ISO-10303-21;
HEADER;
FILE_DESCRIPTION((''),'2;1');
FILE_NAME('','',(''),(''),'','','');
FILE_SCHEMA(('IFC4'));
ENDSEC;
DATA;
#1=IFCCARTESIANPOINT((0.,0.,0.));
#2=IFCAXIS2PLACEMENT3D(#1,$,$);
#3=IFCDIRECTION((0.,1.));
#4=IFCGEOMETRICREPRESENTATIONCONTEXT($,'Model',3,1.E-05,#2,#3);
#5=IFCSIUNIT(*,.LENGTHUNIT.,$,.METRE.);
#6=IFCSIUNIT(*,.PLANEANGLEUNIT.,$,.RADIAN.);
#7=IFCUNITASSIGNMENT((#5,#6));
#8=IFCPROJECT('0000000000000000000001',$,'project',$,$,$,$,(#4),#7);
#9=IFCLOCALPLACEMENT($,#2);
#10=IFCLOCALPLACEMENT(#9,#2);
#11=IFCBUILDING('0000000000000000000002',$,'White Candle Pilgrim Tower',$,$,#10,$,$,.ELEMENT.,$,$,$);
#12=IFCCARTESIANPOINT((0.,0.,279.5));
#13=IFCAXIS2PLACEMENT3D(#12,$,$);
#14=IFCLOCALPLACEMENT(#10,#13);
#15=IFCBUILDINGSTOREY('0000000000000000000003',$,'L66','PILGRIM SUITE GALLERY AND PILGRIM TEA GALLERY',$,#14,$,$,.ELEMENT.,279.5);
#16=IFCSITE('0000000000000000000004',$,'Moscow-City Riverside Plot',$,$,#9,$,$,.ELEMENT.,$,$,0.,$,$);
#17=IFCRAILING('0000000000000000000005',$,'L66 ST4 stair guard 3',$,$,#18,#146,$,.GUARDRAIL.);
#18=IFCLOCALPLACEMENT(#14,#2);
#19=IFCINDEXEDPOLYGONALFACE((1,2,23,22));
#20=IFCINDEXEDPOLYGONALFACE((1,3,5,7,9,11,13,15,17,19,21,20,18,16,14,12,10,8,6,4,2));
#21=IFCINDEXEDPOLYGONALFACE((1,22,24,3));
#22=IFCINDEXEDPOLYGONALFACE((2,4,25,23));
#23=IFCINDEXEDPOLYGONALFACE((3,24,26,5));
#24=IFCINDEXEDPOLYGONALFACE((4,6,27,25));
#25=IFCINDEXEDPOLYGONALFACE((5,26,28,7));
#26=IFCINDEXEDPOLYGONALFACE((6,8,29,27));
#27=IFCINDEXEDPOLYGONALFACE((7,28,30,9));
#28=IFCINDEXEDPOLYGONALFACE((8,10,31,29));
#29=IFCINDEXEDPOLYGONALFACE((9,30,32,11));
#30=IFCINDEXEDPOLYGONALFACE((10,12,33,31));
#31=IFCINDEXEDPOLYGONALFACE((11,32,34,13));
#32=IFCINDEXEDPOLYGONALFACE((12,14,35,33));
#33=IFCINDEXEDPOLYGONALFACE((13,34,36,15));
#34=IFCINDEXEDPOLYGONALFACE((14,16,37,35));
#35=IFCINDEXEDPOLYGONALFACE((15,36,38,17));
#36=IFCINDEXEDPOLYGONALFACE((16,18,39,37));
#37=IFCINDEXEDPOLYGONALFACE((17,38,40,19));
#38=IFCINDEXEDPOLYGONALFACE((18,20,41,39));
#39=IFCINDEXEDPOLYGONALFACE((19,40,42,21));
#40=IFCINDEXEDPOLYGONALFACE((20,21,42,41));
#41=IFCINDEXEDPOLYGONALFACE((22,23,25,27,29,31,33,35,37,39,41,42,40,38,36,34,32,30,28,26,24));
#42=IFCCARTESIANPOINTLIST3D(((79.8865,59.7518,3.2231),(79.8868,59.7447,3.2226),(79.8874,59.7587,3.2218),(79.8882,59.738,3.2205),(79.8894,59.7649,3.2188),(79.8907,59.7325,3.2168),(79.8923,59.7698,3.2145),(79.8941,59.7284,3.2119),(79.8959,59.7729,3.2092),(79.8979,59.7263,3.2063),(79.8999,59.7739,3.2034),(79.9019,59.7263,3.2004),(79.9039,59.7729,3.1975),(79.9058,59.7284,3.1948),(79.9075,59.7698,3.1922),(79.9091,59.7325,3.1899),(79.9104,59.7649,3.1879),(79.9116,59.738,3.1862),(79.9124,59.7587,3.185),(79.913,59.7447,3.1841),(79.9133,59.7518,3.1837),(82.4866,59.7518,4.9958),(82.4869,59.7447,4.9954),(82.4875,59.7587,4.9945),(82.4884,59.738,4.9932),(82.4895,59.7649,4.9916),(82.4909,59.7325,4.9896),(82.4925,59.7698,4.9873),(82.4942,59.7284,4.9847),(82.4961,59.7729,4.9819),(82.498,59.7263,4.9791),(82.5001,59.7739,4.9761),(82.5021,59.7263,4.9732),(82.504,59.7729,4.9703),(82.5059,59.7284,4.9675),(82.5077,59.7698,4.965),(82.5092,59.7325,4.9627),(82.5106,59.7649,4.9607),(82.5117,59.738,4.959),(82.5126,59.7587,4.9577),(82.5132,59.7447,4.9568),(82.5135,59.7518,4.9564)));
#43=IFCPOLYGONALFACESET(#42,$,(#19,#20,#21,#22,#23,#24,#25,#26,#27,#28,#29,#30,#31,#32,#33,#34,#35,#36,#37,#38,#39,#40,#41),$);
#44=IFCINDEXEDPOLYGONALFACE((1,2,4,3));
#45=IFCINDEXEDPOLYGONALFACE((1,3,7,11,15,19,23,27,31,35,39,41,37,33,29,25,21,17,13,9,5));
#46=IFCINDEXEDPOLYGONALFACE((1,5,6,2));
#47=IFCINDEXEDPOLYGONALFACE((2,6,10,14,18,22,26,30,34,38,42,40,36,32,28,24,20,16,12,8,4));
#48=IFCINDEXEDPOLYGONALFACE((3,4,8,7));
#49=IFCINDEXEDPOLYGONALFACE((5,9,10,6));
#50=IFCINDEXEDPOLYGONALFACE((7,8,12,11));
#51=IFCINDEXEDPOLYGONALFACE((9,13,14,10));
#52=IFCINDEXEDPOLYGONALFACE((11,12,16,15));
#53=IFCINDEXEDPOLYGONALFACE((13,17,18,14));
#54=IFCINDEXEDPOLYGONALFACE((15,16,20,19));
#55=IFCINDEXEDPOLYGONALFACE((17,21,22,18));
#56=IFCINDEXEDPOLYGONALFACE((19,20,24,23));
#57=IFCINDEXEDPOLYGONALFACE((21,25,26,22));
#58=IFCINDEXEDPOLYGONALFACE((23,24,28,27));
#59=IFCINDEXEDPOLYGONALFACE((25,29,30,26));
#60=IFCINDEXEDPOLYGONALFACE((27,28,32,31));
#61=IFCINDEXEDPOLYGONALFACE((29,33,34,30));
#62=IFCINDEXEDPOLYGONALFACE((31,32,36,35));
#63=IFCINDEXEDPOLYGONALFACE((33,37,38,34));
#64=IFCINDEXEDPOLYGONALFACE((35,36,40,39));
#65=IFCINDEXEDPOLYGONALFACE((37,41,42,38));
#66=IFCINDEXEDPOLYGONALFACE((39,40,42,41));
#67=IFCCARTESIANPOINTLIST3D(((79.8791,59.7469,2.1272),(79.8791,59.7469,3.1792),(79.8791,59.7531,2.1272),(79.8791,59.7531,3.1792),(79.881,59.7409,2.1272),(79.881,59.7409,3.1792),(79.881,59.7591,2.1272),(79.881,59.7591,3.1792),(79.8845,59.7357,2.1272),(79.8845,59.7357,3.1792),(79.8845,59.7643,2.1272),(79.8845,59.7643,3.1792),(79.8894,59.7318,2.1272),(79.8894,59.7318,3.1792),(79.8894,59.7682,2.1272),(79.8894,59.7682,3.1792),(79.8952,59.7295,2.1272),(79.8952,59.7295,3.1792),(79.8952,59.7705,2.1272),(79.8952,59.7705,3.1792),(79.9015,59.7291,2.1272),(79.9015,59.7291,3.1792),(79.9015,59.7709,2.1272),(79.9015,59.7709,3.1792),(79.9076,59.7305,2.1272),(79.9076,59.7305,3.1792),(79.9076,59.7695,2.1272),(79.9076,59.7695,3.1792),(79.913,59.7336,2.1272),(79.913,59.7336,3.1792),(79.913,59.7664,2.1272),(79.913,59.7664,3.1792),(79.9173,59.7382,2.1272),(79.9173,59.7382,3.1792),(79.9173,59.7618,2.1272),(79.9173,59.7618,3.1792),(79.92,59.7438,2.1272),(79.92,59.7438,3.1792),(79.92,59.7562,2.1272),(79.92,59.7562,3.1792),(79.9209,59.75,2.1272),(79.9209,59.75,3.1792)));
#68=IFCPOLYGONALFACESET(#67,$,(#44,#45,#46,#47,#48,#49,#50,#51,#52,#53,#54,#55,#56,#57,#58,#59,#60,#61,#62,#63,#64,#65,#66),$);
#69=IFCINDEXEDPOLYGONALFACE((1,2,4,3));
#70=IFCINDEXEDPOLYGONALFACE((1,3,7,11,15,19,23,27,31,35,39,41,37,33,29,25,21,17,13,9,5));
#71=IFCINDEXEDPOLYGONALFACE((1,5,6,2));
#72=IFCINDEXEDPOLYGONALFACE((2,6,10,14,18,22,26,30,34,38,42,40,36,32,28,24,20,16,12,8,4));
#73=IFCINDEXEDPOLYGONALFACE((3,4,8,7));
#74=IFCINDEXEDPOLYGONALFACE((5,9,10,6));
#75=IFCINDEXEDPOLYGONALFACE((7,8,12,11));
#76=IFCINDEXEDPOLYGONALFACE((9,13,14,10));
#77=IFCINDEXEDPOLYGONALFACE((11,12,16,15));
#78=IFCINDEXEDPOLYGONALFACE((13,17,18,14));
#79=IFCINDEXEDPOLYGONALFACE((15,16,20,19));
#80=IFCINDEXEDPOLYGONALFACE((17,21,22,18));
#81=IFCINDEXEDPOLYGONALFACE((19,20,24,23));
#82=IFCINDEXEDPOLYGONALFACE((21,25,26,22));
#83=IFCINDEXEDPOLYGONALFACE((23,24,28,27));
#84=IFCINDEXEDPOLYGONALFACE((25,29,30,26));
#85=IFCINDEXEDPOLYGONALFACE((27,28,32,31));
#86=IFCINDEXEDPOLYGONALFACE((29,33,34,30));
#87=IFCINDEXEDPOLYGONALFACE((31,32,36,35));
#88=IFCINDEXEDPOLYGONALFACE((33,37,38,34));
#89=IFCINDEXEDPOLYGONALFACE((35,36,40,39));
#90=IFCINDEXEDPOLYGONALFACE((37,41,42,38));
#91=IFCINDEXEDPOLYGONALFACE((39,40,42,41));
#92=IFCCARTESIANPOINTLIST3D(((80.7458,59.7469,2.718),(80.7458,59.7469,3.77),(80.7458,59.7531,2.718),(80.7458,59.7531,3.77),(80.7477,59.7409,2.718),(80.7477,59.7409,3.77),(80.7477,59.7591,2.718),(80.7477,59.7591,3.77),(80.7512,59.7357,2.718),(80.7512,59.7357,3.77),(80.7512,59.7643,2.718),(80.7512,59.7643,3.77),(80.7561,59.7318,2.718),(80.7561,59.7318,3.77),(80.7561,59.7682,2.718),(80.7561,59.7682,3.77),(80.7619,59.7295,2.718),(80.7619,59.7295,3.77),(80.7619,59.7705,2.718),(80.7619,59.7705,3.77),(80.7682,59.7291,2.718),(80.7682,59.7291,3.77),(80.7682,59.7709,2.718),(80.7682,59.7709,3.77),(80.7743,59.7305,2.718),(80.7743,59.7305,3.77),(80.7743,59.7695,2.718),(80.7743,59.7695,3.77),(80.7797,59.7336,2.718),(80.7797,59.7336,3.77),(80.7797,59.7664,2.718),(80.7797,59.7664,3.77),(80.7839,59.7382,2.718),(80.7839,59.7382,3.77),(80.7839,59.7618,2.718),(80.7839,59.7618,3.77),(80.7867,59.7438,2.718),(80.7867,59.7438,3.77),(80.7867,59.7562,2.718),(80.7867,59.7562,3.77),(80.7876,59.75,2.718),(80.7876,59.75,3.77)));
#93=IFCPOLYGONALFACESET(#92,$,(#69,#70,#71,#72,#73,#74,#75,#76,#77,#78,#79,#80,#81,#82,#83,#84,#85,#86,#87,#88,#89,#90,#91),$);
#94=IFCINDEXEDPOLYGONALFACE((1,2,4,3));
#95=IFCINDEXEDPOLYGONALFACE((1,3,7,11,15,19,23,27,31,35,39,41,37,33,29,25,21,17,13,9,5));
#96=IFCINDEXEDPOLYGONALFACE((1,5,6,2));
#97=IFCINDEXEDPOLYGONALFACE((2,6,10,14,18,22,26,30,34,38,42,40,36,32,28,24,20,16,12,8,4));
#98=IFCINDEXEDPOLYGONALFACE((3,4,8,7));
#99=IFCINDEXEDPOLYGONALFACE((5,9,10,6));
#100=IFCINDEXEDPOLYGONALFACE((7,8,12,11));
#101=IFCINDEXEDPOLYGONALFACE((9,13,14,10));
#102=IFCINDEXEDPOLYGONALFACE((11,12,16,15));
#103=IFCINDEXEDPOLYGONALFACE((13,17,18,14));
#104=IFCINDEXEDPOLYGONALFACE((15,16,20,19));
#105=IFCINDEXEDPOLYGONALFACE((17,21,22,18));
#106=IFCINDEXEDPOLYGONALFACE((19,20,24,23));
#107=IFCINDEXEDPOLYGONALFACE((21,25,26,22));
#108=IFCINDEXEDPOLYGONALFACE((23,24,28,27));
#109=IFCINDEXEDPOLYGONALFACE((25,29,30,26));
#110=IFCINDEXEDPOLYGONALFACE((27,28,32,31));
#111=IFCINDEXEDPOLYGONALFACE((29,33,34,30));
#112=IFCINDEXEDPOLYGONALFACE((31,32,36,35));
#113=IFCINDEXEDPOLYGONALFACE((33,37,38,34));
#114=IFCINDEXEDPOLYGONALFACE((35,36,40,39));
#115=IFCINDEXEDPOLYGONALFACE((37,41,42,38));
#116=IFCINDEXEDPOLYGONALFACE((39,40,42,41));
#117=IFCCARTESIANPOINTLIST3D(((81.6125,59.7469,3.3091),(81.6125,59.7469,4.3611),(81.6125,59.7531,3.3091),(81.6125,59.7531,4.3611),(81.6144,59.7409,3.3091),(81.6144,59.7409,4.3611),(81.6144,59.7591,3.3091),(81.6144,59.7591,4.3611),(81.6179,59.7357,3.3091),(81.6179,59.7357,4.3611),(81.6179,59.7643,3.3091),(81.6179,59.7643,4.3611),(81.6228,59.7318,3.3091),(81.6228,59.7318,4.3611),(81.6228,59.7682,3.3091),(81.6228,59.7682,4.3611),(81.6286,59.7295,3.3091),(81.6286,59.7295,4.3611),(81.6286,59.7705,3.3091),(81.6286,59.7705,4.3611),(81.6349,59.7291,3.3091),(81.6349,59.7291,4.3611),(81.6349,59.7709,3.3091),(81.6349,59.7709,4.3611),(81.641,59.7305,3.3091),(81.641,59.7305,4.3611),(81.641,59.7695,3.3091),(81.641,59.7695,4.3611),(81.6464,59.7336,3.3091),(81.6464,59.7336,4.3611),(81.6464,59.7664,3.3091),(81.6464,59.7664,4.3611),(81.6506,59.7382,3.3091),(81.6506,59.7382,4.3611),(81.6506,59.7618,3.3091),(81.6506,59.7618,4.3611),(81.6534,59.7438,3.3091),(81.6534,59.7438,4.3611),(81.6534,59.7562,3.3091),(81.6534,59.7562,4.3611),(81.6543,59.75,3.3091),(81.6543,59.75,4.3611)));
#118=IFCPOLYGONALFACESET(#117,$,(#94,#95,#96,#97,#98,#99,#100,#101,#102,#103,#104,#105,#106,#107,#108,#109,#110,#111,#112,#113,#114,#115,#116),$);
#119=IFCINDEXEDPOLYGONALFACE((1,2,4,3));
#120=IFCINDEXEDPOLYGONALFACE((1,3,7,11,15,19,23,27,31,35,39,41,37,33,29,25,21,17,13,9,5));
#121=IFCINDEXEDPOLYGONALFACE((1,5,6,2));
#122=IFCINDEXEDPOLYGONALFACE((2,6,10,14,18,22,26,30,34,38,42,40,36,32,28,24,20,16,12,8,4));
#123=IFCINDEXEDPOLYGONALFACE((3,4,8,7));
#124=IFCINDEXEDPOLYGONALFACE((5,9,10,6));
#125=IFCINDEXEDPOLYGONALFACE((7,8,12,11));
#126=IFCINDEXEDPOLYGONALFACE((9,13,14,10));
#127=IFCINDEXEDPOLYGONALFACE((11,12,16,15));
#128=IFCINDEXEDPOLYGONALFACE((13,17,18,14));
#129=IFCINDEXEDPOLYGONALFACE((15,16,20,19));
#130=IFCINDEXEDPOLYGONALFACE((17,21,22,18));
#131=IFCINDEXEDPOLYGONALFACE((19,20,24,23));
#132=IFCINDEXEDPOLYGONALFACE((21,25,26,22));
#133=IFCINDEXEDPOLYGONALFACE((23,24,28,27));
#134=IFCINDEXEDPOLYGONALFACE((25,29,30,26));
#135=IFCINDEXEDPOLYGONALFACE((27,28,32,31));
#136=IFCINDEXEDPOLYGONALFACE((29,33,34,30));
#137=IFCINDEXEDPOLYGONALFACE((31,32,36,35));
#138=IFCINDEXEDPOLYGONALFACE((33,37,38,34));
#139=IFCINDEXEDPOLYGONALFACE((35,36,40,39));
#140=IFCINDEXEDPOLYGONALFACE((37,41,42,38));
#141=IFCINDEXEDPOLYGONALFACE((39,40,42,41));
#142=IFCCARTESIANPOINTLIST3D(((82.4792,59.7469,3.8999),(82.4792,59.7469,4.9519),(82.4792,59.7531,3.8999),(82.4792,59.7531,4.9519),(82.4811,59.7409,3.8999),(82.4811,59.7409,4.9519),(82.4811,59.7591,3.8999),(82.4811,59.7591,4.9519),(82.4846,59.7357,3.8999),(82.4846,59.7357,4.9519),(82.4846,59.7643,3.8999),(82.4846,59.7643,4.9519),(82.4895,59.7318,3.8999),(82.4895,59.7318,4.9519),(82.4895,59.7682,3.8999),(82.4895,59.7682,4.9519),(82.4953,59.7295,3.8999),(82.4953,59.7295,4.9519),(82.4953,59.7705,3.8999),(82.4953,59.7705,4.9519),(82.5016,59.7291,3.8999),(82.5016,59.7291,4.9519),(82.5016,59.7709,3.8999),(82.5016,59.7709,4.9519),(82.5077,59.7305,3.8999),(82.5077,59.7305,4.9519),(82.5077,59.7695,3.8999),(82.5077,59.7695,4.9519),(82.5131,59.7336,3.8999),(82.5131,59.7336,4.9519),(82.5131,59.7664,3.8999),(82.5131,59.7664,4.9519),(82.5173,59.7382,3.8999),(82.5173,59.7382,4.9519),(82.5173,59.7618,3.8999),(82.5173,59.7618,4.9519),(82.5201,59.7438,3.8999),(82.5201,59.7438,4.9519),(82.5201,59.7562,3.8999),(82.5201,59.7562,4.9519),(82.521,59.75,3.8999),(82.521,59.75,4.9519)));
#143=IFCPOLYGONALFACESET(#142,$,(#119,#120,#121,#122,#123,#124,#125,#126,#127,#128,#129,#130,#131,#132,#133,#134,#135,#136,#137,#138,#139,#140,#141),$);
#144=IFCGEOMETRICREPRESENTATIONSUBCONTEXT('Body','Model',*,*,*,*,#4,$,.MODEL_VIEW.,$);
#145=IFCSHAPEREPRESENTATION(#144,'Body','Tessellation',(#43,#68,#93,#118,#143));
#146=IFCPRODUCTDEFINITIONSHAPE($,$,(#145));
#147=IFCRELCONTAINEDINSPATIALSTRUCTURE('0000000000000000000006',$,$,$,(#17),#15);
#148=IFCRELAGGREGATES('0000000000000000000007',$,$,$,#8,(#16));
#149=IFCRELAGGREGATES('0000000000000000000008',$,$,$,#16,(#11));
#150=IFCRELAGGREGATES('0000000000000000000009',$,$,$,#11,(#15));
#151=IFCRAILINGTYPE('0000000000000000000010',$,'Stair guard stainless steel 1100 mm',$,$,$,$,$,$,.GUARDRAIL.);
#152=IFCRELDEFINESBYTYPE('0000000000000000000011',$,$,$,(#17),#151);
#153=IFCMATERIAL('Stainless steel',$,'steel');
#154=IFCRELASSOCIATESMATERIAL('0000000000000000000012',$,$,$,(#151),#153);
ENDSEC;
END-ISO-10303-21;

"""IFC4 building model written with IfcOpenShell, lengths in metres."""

from ifc_helpers import new_model, si_unit, direction, frame, origin, origin_2d, place, context, subcontext, project, spatial, circle, extrude, material, type_object, element, save


model = new_model("IFC4")

# Units and contexts
model_context = context("Model", 3, precision=1e-05, world=origin(), true_north=direction((0.0, 1.0)))
body_context = subcontext(model_context, "Body", "Model", "MODEL_VIEW")
ifc_project = project(units=[si_unit("LENGTHUNIT", "METRE"), si_unit("PLANEANGLEUNIT", "RADIAN")], contexts=[model_context])

# Site, building, storey
site_placement = place(None, origin())
site = spatial("IfcSite", under=ifc_project, at=site_placement, Name="Moscow-City Riverside Plot", CompositionType="ELEMENT", RefElevation=0.0)
building_placement = place(site_placement, origin())
building = spatial("IfcBuilding", under=site, at=building_placement, Name="White Candle Pilgrim Tower", CompositionType="ELEMENT")
storey_placement = place(building_placement, frame((0.0, 0.0, 279.5)))
storey = spatial("IfcBuildingStorey", under=building, at=storey_placement, Name="L66", Description="PILGRIM SUITE GALLERY AND PILGRIM TEA GALLERY", CompositionType="ELEMENT", Elevation=279.5)

# Railing
ifc_material_1 = material(Name="Stainless steel", Category="steel")
railing_type = type_object("IfcRailingType", Name="Stair guard stainless steel 1100 mm", PredefinedType="GUARDRAIL", material=ifc_material_1)
railing_1_placement = place(storey_placement, frame((79.8999, 59.75, 2.1272)))
element("IfcRailing", 1, at=railing_1_placement, inside=storey, type_object=railing_type, Name="L66 ST4 stair guard 3", PredefinedType="GUARDRAIL", context=body_context, shape_type="SweptSolid", body=[
    extrude(circle(Radius=0.0239, at=origin_2d()), frame((0.0, 0.0, 1.0762), z_axis=(0.82624, 0.0, 0.563318), x_axis=(0.0, 1.0, 0.0)), (0.0, 0.0, 1.0), 3.147),
    extrude(circle(Radius=0.021, at=origin_2d()), origin(), (0.0, 0.0, 1.0), 1.052),
    extrude(circle(Radius=0.021, at=origin_2d()), frame((0.8667, 0.0, 0.5908)), (0.0, 0.0, 1.0), 1.052),
    extrude(circle(Radius=0.021, at=origin_2d()), frame((1.7334, 0.0, 1.1819)), (0.0, 0.0, 1.0), 1.052),
    extrude(circle(Radius=0.021, at=origin_2d()), frame((2.6001, 0.0, 1.7727)), (0.0, 0.0, 1.0), 1.052),
])

save(model, "model.ifc")
